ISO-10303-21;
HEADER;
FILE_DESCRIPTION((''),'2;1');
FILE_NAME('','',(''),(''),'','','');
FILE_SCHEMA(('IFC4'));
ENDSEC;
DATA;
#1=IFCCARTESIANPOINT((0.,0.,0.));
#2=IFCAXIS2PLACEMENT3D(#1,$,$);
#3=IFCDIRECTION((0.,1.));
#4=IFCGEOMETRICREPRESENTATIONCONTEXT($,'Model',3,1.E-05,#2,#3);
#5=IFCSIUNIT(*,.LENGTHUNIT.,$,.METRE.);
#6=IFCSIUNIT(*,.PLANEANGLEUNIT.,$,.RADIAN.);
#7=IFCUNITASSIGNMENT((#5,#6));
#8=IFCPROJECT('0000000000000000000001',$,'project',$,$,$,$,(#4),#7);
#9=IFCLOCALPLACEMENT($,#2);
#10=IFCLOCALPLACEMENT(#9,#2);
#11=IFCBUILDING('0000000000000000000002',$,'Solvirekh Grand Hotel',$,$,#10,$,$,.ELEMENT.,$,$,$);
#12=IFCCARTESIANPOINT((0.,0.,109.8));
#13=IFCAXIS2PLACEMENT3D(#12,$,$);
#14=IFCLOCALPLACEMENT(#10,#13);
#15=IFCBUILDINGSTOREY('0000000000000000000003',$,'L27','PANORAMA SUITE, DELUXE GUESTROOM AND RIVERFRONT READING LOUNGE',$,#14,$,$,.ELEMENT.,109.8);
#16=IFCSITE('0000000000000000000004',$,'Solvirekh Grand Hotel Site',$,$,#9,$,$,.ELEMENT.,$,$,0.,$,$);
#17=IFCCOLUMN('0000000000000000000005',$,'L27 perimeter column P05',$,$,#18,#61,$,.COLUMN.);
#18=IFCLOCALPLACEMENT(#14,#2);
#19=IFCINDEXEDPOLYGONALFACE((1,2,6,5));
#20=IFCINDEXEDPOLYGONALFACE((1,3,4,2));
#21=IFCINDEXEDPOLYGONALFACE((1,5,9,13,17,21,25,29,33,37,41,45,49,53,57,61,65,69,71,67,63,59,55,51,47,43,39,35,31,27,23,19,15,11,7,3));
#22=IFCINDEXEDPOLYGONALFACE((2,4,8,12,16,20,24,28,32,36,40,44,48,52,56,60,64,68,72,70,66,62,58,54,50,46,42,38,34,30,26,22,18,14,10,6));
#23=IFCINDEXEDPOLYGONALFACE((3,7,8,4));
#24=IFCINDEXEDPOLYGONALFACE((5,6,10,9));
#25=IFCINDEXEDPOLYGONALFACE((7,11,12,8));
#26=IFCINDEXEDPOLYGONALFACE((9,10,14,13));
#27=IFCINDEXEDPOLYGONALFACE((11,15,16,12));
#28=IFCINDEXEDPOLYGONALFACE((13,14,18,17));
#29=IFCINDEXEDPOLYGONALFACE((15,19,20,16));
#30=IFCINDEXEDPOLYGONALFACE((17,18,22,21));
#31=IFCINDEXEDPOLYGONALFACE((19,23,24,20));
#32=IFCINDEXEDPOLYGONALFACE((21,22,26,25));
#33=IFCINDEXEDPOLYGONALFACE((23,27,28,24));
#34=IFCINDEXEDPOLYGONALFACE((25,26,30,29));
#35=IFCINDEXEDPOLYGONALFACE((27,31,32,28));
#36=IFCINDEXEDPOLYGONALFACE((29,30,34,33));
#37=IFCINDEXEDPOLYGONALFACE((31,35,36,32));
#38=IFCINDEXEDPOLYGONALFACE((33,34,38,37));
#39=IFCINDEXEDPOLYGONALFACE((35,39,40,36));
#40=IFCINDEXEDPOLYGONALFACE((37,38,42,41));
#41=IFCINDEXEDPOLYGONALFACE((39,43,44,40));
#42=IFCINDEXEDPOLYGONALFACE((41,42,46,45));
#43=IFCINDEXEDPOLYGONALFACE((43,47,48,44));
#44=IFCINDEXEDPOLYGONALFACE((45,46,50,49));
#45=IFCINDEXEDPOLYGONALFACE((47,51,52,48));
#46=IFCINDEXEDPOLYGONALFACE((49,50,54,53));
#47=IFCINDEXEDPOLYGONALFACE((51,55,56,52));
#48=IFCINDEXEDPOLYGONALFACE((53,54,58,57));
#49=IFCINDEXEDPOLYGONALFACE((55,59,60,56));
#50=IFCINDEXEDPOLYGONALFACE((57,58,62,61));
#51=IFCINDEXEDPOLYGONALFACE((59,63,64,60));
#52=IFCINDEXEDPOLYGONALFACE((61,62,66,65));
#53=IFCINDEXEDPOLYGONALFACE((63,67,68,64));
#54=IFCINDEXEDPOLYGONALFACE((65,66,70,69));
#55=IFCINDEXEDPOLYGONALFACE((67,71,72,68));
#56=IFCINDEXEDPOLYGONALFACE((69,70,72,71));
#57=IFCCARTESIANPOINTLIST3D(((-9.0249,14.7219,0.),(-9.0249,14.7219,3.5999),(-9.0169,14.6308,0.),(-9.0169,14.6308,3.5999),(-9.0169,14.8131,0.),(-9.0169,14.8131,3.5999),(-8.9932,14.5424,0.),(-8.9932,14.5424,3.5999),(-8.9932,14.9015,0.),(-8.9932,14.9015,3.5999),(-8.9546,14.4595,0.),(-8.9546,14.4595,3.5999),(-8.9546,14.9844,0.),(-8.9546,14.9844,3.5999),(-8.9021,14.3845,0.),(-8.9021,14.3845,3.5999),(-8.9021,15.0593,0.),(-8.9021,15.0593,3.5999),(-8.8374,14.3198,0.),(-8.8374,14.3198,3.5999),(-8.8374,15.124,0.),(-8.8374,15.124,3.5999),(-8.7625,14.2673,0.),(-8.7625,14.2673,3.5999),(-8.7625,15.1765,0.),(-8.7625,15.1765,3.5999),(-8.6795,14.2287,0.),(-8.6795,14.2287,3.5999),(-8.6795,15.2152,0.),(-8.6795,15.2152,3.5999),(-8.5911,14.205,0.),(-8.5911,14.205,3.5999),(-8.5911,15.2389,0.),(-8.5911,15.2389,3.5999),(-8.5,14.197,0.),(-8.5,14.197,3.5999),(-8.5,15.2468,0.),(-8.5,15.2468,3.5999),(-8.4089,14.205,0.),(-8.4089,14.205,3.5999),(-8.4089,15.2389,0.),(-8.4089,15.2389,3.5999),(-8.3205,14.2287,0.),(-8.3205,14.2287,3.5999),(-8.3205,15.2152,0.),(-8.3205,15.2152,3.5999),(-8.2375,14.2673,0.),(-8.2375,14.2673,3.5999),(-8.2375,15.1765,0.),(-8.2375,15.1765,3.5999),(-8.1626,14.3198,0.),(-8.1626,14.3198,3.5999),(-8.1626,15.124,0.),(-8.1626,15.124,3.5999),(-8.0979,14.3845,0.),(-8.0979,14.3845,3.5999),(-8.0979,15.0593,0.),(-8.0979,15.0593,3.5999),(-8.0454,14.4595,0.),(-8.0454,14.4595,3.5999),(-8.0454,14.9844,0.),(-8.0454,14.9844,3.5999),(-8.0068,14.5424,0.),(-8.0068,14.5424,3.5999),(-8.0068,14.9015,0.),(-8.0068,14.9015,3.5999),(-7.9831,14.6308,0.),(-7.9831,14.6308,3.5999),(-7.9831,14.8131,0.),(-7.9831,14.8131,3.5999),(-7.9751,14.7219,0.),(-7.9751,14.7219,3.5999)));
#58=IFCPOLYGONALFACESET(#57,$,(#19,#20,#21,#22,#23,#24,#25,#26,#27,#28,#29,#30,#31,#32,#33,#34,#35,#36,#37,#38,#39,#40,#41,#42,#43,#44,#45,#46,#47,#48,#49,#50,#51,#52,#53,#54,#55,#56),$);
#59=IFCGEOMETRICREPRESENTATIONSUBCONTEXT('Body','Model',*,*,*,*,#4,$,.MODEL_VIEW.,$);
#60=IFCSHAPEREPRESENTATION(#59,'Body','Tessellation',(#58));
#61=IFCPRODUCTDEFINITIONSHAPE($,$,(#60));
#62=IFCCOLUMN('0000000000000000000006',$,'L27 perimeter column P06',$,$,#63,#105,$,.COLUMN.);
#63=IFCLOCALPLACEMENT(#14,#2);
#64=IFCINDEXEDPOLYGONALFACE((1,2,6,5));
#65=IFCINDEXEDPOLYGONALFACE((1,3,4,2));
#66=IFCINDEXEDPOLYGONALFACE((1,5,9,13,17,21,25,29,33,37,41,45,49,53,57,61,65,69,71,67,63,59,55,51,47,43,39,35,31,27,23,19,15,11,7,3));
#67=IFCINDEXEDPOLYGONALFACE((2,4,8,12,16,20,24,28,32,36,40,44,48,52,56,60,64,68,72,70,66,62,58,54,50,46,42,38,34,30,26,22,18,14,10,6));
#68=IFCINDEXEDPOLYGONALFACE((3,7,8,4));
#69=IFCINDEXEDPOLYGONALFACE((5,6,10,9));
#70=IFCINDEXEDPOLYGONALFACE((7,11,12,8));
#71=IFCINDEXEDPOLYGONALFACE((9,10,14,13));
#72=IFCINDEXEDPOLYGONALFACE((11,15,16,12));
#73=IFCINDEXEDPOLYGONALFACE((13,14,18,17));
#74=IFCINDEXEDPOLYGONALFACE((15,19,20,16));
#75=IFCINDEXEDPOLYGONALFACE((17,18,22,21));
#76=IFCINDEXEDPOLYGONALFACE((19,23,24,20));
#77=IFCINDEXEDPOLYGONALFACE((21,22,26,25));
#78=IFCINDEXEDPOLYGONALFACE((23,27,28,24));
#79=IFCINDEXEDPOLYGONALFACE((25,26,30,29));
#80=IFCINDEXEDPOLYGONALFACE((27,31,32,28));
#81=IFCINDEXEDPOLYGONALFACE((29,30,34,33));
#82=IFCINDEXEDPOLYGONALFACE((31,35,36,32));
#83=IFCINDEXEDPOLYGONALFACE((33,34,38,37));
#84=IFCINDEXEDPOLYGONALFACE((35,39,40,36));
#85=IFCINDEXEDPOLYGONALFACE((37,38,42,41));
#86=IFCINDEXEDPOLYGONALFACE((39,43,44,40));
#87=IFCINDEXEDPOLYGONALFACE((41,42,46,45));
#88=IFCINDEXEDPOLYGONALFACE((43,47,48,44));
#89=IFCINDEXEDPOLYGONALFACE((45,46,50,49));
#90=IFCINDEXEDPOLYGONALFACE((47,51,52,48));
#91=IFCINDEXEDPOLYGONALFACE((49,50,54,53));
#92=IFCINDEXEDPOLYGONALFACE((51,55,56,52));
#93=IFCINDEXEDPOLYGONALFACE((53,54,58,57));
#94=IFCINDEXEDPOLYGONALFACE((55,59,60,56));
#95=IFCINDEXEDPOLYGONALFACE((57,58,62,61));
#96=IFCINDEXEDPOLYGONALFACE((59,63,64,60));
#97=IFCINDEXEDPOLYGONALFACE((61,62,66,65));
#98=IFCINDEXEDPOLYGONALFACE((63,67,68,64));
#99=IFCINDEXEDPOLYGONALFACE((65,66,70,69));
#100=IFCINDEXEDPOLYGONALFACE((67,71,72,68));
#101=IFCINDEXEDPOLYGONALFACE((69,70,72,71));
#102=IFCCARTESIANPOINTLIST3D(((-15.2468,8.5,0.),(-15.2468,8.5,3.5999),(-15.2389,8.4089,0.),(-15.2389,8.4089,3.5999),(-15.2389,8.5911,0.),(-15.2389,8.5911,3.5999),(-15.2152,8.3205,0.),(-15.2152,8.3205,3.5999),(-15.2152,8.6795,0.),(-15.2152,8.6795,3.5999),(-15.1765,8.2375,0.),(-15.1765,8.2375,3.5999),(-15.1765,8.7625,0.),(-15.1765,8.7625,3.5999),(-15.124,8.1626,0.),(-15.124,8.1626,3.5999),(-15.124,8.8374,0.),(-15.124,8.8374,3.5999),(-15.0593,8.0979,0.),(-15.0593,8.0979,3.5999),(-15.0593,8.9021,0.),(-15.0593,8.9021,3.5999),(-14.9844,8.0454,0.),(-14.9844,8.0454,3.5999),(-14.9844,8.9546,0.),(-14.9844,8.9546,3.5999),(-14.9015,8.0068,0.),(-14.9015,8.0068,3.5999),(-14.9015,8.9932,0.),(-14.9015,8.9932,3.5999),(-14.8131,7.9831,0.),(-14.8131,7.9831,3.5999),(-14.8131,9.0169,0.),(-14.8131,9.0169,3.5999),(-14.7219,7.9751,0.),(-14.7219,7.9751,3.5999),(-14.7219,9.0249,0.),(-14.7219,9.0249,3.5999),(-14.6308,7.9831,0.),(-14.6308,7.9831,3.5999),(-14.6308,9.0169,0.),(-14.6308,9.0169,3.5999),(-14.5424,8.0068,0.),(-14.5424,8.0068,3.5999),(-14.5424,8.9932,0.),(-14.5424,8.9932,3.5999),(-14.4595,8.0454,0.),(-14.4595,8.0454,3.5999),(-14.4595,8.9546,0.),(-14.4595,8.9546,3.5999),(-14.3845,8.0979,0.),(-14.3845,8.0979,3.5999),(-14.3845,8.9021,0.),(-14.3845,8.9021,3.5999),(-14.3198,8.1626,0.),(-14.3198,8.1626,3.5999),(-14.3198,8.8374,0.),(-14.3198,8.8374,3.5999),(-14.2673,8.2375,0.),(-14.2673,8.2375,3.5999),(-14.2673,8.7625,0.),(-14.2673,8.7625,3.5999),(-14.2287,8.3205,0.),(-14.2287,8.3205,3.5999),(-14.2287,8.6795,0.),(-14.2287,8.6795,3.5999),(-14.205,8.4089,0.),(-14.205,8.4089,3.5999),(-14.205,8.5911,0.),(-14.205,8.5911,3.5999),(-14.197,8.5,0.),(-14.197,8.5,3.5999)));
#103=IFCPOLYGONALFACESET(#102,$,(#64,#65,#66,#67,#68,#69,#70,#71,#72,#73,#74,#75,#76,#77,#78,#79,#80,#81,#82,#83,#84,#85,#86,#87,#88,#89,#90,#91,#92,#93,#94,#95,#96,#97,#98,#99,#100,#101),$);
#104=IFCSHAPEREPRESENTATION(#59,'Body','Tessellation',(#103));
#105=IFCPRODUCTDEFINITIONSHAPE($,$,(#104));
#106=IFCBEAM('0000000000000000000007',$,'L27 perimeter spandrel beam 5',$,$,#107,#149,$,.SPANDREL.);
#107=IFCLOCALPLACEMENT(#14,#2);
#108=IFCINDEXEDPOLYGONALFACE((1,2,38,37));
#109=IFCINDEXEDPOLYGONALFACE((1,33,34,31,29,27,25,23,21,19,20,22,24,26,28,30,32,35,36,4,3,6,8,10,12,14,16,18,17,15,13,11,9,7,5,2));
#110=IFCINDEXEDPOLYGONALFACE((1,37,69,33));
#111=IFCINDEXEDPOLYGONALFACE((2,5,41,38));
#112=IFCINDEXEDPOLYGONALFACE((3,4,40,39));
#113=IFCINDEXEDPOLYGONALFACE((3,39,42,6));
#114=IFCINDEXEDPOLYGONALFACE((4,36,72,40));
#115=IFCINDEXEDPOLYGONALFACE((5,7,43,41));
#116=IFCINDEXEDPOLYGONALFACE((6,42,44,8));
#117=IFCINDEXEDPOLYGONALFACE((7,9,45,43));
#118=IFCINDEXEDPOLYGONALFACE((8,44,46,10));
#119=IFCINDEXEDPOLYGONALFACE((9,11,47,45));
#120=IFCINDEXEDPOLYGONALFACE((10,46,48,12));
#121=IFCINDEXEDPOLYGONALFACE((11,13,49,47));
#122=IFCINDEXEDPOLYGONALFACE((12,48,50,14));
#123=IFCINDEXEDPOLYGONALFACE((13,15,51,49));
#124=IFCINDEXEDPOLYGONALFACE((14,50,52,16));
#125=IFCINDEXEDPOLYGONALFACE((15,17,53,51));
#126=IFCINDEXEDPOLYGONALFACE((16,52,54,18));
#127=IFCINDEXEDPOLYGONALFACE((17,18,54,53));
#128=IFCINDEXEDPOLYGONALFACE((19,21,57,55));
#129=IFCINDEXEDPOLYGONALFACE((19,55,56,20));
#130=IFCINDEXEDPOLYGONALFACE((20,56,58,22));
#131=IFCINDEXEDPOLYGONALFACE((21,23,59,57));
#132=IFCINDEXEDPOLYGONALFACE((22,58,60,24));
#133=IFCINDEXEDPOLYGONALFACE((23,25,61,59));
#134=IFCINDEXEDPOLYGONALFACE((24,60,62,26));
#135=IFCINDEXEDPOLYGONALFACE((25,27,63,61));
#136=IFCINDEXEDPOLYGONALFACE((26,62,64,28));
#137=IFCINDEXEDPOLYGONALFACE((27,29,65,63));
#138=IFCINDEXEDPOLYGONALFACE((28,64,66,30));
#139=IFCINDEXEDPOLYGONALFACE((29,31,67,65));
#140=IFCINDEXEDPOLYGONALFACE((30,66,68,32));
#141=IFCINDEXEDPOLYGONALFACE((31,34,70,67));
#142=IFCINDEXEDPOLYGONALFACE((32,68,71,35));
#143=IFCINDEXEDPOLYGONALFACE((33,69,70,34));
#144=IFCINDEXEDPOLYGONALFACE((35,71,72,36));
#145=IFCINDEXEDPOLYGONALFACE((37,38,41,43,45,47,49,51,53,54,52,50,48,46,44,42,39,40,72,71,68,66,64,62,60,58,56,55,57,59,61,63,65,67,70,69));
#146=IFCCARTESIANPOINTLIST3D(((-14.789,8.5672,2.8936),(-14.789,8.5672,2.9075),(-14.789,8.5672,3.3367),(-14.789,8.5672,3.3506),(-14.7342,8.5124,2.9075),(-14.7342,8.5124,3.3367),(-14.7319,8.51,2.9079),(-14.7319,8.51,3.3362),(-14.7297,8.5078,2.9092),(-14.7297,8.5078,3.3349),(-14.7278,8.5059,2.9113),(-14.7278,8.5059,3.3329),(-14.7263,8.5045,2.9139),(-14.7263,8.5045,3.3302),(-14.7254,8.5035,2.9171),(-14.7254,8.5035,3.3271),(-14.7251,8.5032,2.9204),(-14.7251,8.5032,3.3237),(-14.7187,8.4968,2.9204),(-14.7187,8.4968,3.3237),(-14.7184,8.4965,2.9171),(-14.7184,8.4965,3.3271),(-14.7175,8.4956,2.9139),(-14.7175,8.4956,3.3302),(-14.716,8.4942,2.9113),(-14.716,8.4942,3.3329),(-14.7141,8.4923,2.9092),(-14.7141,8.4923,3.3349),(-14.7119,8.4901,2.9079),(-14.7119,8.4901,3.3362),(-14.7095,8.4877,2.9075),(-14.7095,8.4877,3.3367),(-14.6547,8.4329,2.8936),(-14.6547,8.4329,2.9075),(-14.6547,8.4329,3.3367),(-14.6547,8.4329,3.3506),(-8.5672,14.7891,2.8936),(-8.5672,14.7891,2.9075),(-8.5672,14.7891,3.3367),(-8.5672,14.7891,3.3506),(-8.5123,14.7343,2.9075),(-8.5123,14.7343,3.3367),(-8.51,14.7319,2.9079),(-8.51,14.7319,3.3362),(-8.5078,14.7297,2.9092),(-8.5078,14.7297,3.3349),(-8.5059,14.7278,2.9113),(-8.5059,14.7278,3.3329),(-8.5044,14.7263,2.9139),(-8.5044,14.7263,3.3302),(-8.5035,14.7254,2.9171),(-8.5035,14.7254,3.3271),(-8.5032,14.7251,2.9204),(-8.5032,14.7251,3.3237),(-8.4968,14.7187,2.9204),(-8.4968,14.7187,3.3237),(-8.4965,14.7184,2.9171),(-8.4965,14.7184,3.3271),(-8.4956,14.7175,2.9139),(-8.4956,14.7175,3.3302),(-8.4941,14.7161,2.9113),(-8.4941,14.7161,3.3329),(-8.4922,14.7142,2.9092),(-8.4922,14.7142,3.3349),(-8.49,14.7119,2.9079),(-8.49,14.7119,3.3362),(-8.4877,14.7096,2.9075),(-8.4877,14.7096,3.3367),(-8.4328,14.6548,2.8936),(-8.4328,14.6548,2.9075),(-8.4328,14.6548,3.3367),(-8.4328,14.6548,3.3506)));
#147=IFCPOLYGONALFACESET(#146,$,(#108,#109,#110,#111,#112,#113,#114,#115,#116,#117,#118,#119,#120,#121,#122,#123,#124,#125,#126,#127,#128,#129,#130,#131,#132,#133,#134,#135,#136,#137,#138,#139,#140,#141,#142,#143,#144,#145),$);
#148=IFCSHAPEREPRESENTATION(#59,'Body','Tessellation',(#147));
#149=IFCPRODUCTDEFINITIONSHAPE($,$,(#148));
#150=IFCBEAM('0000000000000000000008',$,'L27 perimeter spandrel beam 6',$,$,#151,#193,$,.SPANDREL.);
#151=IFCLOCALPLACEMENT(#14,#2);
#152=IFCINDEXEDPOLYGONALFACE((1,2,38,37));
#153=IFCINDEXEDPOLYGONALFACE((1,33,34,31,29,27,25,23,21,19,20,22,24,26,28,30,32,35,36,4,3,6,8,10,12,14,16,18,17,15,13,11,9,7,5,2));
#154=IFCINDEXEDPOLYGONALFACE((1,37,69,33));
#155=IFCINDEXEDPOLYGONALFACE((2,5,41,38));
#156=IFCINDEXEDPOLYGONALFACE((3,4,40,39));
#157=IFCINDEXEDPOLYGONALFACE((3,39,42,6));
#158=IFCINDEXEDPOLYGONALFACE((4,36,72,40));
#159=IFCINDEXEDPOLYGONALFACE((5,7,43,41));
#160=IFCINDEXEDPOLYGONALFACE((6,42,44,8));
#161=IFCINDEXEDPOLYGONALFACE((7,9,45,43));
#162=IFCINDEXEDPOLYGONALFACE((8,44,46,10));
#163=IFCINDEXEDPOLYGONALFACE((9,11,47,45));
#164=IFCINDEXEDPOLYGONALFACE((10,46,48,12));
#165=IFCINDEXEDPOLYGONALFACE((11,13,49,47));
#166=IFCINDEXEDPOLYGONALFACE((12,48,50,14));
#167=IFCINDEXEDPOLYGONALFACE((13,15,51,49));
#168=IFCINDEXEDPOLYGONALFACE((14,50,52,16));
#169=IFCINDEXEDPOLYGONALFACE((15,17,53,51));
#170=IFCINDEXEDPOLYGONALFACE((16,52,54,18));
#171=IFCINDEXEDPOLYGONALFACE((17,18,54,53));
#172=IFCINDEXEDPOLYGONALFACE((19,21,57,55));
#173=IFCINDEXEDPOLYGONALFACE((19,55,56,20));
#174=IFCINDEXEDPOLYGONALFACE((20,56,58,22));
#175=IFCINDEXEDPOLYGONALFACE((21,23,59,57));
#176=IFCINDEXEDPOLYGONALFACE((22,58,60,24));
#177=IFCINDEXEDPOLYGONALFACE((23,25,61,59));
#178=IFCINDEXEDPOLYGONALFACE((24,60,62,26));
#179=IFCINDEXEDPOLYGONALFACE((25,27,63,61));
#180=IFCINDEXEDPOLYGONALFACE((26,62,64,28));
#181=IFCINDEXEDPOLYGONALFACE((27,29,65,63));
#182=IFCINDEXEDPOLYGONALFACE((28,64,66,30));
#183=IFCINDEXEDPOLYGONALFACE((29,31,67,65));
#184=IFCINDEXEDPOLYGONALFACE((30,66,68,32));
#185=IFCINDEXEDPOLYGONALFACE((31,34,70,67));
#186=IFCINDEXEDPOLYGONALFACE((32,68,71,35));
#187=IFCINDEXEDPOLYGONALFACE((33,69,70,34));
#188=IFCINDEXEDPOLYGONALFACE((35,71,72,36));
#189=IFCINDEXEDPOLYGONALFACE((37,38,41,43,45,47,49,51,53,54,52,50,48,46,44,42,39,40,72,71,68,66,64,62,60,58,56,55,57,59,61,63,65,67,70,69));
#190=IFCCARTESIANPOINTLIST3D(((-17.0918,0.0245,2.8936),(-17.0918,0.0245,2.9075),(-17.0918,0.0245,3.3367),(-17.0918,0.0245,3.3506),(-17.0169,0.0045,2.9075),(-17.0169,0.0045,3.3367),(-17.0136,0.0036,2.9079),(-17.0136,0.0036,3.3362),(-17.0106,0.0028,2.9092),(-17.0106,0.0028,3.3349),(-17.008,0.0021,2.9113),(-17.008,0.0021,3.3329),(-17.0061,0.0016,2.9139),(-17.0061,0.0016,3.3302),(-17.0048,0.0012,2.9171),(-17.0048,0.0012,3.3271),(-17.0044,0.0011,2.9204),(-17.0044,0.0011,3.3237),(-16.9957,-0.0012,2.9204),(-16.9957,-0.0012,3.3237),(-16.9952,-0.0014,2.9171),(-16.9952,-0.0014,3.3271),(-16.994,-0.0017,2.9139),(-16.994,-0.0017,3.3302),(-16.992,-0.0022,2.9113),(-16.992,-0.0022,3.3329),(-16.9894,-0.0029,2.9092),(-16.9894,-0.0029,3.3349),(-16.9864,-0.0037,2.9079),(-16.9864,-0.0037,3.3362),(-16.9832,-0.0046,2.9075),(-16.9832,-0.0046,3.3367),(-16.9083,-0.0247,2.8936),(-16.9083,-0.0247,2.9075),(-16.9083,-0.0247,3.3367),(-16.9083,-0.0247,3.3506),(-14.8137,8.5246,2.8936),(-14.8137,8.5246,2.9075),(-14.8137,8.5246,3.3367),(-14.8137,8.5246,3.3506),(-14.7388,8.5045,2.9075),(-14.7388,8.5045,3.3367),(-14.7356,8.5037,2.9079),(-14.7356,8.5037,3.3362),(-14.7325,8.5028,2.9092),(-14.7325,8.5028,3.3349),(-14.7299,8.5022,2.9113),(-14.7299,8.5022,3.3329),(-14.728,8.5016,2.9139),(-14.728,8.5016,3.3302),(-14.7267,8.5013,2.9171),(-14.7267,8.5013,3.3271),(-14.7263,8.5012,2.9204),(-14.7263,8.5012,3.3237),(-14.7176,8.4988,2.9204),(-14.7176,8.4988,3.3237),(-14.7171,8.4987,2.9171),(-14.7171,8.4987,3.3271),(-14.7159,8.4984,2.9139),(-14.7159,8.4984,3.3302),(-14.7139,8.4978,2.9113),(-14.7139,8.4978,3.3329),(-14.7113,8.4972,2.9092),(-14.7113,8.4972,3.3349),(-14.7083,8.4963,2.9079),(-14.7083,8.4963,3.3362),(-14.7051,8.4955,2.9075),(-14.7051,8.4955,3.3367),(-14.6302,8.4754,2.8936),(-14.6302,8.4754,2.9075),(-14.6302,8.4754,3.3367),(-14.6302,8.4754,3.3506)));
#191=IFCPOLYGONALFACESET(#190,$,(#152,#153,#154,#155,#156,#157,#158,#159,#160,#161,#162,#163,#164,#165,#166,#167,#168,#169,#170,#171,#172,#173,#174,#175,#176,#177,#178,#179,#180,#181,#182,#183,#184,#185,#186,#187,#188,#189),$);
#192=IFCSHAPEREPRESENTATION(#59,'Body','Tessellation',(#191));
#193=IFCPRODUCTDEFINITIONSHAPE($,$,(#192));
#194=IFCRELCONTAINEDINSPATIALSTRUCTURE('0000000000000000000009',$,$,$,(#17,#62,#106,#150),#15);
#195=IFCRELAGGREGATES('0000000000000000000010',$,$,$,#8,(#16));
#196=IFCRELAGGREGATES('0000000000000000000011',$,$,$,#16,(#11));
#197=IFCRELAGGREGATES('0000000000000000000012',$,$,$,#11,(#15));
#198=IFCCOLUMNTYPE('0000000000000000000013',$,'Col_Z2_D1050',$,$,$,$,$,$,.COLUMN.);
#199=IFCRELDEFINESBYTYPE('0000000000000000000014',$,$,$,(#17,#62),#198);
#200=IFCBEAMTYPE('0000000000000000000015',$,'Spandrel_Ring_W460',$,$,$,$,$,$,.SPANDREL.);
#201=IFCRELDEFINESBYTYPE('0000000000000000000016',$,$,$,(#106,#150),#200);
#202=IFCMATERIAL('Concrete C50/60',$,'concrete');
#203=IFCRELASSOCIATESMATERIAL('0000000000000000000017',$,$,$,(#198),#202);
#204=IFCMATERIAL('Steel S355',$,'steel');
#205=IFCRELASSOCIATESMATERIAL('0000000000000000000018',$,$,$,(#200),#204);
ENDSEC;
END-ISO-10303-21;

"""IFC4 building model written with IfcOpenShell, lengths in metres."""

from ifc_helpers import new_model, si_unit, direction, frame, origin, origin_2d, place, context, subcontext, project, spatial, circle, i_section, extrude, material, material_profile, profile_set, type_object, element, save


model = new_model("IFC4")

# Units and contexts
model_context = context("Model", 3, precision=1e-05, world=origin(), true_north=direction((0.0, 1.0)))
body_context = subcontext(model_context, "Body", "Model", "MODEL_VIEW")
ifc_project = project(units=[si_unit("LENGTHUNIT", "METRE"), si_unit("PLANEANGLEUNIT", "RADIAN")], contexts=[model_context])

# Site, building, storey
site_placement = place(None, origin())
site = spatial("IfcSite", under=ifc_project, at=site_placement, Name="Solvirekh Grand Hotel Site", CompositionType="ELEMENT", RefElevation=0.0)
building_placement = place(site_placement, origin())
building = spatial("IfcBuilding", under=site, at=building_placement, Name="Solvirekh Grand Hotel", CompositionType="ELEMENT")
storey_placement = place(building_placement, frame((0.0, 0.0, 109.8)))
storey = spatial("IfcBuildingStorey", under=building, at=storey_placement, Name="L27", Description="PANORAMA SUITE, DELUXE GUESTROOM AND RIVERFRONT READING LOUNGE", CompositionType="ELEMENT", Elevation=109.8)

# Columns
ifc_material_1 = material(Name="Concrete C50/60", Category="concrete")
ifc_material_profile_1 = material_profile(ifc_material_1, circle(Radius=0.5249, at=origin_2d()), Name="RC CIRC D1050")
ifc_profile_set_1 = profile_set([ifc_material_profile_1], Name="Concrete C50/60")
column_type = type_object("IfcColumnType", Name="Col_Z2_D1050", PredefinedType="COLUMN", material=ifc_profile_set_1)
for number, where, z_axis, x_axis, name in (
    (1, (-8.5, 14.7219, 0.0), (0.0, 0.0, 1.0), (1.0, 0.0, 0.0), "L27 perimeter column P05"),
    (2, (-14.7219, 8.5, 0.0), (0.0, 0.0, 1.0), (1.0, 0.0, 0.0), "L27 perimeter column P06"),
):
    element("IfcColumn", number, at=place(storey_placement, frame(where, z_axis=z_axis, x_axis=x_axis)), inside=storey, type_object=column_type, Name=name, PredefinedType="COLUMN", context=body_context, shape_type="SweptSolid", body=[
        extrude(circle(Radius=0.5249, at=origin_2d()), origin(), (0.0, 0.0, 1.0), 3.5999),
    ])

# Beams
ifc_material_2 = material(Name="Steel S355", Category="steel")
ifc_material_profile_2 = material_profile(ifc_material_2, i_section(OverallWidth=0.1899, OverallDepth=0.457, WebThickness=0.009, FlangeThickness=0.0139, FilletRadius=0.0129, at=origin_2d()), Name="W460X74")
ifc_profile_set_2 = profile_set([ifc_material_profile_2], Name="Steel S355")
beam_type = type_object("IfcBeamType", Name="Spandrel_Ring_W460", PredefinedType="SPANDREL", material=ifc_profile_set_2)
beam_1_placement = place(storey_placement, frame((-8.5, 14.7219, 3.1221), z_axis=(-0.707107, -0.707107, 0.0), x_axis=(0.707107, -0.707107, 0.0)))
element("IfcBeam", 3, at=beam_1_placement, inside=storey, type_object=beam_type, Name="L27 perimeter spandrel beam 5", PredefinedType="SPANDREL", context=body_context, shape_type="SweptSolid", body=[
    extrude(i_section(OverallWidth=0.1899, OverallDepth=0.457, WebThickness=0.009, FlangeThickness=0.0139, FilletRadius=0.0129, at=origin_2d()), origin(), (0.0, 0.0, 1.0), 8.7991),
])
beam_2_placement = place(storey_placement, frame((-14.7219, 8.5, 3.1221), z_axis=(-0.258873, -0.965911, 0.0), x_axis=(0.965911, -0.258873, 0.0)))
element("IfcBeam", 4, at=beam_2_placement, inside=storey, type_object=beam_type, Name="L27 perimeter spandrel beam 6", PredefinedType="SPANDREL", context=body_context, shape_type="SweptSolid", body=[
    extrude(i_section(OverallWidth=0.1899, OverallDepth=0.457, WebThickness=0.009, FlangeThickness=0.0139, FilletRadius=0.0129, at=origin_2d()), origin(), (0.0, 0.0, 1.0), 8.8),
])

save(model, "model.ifc")
